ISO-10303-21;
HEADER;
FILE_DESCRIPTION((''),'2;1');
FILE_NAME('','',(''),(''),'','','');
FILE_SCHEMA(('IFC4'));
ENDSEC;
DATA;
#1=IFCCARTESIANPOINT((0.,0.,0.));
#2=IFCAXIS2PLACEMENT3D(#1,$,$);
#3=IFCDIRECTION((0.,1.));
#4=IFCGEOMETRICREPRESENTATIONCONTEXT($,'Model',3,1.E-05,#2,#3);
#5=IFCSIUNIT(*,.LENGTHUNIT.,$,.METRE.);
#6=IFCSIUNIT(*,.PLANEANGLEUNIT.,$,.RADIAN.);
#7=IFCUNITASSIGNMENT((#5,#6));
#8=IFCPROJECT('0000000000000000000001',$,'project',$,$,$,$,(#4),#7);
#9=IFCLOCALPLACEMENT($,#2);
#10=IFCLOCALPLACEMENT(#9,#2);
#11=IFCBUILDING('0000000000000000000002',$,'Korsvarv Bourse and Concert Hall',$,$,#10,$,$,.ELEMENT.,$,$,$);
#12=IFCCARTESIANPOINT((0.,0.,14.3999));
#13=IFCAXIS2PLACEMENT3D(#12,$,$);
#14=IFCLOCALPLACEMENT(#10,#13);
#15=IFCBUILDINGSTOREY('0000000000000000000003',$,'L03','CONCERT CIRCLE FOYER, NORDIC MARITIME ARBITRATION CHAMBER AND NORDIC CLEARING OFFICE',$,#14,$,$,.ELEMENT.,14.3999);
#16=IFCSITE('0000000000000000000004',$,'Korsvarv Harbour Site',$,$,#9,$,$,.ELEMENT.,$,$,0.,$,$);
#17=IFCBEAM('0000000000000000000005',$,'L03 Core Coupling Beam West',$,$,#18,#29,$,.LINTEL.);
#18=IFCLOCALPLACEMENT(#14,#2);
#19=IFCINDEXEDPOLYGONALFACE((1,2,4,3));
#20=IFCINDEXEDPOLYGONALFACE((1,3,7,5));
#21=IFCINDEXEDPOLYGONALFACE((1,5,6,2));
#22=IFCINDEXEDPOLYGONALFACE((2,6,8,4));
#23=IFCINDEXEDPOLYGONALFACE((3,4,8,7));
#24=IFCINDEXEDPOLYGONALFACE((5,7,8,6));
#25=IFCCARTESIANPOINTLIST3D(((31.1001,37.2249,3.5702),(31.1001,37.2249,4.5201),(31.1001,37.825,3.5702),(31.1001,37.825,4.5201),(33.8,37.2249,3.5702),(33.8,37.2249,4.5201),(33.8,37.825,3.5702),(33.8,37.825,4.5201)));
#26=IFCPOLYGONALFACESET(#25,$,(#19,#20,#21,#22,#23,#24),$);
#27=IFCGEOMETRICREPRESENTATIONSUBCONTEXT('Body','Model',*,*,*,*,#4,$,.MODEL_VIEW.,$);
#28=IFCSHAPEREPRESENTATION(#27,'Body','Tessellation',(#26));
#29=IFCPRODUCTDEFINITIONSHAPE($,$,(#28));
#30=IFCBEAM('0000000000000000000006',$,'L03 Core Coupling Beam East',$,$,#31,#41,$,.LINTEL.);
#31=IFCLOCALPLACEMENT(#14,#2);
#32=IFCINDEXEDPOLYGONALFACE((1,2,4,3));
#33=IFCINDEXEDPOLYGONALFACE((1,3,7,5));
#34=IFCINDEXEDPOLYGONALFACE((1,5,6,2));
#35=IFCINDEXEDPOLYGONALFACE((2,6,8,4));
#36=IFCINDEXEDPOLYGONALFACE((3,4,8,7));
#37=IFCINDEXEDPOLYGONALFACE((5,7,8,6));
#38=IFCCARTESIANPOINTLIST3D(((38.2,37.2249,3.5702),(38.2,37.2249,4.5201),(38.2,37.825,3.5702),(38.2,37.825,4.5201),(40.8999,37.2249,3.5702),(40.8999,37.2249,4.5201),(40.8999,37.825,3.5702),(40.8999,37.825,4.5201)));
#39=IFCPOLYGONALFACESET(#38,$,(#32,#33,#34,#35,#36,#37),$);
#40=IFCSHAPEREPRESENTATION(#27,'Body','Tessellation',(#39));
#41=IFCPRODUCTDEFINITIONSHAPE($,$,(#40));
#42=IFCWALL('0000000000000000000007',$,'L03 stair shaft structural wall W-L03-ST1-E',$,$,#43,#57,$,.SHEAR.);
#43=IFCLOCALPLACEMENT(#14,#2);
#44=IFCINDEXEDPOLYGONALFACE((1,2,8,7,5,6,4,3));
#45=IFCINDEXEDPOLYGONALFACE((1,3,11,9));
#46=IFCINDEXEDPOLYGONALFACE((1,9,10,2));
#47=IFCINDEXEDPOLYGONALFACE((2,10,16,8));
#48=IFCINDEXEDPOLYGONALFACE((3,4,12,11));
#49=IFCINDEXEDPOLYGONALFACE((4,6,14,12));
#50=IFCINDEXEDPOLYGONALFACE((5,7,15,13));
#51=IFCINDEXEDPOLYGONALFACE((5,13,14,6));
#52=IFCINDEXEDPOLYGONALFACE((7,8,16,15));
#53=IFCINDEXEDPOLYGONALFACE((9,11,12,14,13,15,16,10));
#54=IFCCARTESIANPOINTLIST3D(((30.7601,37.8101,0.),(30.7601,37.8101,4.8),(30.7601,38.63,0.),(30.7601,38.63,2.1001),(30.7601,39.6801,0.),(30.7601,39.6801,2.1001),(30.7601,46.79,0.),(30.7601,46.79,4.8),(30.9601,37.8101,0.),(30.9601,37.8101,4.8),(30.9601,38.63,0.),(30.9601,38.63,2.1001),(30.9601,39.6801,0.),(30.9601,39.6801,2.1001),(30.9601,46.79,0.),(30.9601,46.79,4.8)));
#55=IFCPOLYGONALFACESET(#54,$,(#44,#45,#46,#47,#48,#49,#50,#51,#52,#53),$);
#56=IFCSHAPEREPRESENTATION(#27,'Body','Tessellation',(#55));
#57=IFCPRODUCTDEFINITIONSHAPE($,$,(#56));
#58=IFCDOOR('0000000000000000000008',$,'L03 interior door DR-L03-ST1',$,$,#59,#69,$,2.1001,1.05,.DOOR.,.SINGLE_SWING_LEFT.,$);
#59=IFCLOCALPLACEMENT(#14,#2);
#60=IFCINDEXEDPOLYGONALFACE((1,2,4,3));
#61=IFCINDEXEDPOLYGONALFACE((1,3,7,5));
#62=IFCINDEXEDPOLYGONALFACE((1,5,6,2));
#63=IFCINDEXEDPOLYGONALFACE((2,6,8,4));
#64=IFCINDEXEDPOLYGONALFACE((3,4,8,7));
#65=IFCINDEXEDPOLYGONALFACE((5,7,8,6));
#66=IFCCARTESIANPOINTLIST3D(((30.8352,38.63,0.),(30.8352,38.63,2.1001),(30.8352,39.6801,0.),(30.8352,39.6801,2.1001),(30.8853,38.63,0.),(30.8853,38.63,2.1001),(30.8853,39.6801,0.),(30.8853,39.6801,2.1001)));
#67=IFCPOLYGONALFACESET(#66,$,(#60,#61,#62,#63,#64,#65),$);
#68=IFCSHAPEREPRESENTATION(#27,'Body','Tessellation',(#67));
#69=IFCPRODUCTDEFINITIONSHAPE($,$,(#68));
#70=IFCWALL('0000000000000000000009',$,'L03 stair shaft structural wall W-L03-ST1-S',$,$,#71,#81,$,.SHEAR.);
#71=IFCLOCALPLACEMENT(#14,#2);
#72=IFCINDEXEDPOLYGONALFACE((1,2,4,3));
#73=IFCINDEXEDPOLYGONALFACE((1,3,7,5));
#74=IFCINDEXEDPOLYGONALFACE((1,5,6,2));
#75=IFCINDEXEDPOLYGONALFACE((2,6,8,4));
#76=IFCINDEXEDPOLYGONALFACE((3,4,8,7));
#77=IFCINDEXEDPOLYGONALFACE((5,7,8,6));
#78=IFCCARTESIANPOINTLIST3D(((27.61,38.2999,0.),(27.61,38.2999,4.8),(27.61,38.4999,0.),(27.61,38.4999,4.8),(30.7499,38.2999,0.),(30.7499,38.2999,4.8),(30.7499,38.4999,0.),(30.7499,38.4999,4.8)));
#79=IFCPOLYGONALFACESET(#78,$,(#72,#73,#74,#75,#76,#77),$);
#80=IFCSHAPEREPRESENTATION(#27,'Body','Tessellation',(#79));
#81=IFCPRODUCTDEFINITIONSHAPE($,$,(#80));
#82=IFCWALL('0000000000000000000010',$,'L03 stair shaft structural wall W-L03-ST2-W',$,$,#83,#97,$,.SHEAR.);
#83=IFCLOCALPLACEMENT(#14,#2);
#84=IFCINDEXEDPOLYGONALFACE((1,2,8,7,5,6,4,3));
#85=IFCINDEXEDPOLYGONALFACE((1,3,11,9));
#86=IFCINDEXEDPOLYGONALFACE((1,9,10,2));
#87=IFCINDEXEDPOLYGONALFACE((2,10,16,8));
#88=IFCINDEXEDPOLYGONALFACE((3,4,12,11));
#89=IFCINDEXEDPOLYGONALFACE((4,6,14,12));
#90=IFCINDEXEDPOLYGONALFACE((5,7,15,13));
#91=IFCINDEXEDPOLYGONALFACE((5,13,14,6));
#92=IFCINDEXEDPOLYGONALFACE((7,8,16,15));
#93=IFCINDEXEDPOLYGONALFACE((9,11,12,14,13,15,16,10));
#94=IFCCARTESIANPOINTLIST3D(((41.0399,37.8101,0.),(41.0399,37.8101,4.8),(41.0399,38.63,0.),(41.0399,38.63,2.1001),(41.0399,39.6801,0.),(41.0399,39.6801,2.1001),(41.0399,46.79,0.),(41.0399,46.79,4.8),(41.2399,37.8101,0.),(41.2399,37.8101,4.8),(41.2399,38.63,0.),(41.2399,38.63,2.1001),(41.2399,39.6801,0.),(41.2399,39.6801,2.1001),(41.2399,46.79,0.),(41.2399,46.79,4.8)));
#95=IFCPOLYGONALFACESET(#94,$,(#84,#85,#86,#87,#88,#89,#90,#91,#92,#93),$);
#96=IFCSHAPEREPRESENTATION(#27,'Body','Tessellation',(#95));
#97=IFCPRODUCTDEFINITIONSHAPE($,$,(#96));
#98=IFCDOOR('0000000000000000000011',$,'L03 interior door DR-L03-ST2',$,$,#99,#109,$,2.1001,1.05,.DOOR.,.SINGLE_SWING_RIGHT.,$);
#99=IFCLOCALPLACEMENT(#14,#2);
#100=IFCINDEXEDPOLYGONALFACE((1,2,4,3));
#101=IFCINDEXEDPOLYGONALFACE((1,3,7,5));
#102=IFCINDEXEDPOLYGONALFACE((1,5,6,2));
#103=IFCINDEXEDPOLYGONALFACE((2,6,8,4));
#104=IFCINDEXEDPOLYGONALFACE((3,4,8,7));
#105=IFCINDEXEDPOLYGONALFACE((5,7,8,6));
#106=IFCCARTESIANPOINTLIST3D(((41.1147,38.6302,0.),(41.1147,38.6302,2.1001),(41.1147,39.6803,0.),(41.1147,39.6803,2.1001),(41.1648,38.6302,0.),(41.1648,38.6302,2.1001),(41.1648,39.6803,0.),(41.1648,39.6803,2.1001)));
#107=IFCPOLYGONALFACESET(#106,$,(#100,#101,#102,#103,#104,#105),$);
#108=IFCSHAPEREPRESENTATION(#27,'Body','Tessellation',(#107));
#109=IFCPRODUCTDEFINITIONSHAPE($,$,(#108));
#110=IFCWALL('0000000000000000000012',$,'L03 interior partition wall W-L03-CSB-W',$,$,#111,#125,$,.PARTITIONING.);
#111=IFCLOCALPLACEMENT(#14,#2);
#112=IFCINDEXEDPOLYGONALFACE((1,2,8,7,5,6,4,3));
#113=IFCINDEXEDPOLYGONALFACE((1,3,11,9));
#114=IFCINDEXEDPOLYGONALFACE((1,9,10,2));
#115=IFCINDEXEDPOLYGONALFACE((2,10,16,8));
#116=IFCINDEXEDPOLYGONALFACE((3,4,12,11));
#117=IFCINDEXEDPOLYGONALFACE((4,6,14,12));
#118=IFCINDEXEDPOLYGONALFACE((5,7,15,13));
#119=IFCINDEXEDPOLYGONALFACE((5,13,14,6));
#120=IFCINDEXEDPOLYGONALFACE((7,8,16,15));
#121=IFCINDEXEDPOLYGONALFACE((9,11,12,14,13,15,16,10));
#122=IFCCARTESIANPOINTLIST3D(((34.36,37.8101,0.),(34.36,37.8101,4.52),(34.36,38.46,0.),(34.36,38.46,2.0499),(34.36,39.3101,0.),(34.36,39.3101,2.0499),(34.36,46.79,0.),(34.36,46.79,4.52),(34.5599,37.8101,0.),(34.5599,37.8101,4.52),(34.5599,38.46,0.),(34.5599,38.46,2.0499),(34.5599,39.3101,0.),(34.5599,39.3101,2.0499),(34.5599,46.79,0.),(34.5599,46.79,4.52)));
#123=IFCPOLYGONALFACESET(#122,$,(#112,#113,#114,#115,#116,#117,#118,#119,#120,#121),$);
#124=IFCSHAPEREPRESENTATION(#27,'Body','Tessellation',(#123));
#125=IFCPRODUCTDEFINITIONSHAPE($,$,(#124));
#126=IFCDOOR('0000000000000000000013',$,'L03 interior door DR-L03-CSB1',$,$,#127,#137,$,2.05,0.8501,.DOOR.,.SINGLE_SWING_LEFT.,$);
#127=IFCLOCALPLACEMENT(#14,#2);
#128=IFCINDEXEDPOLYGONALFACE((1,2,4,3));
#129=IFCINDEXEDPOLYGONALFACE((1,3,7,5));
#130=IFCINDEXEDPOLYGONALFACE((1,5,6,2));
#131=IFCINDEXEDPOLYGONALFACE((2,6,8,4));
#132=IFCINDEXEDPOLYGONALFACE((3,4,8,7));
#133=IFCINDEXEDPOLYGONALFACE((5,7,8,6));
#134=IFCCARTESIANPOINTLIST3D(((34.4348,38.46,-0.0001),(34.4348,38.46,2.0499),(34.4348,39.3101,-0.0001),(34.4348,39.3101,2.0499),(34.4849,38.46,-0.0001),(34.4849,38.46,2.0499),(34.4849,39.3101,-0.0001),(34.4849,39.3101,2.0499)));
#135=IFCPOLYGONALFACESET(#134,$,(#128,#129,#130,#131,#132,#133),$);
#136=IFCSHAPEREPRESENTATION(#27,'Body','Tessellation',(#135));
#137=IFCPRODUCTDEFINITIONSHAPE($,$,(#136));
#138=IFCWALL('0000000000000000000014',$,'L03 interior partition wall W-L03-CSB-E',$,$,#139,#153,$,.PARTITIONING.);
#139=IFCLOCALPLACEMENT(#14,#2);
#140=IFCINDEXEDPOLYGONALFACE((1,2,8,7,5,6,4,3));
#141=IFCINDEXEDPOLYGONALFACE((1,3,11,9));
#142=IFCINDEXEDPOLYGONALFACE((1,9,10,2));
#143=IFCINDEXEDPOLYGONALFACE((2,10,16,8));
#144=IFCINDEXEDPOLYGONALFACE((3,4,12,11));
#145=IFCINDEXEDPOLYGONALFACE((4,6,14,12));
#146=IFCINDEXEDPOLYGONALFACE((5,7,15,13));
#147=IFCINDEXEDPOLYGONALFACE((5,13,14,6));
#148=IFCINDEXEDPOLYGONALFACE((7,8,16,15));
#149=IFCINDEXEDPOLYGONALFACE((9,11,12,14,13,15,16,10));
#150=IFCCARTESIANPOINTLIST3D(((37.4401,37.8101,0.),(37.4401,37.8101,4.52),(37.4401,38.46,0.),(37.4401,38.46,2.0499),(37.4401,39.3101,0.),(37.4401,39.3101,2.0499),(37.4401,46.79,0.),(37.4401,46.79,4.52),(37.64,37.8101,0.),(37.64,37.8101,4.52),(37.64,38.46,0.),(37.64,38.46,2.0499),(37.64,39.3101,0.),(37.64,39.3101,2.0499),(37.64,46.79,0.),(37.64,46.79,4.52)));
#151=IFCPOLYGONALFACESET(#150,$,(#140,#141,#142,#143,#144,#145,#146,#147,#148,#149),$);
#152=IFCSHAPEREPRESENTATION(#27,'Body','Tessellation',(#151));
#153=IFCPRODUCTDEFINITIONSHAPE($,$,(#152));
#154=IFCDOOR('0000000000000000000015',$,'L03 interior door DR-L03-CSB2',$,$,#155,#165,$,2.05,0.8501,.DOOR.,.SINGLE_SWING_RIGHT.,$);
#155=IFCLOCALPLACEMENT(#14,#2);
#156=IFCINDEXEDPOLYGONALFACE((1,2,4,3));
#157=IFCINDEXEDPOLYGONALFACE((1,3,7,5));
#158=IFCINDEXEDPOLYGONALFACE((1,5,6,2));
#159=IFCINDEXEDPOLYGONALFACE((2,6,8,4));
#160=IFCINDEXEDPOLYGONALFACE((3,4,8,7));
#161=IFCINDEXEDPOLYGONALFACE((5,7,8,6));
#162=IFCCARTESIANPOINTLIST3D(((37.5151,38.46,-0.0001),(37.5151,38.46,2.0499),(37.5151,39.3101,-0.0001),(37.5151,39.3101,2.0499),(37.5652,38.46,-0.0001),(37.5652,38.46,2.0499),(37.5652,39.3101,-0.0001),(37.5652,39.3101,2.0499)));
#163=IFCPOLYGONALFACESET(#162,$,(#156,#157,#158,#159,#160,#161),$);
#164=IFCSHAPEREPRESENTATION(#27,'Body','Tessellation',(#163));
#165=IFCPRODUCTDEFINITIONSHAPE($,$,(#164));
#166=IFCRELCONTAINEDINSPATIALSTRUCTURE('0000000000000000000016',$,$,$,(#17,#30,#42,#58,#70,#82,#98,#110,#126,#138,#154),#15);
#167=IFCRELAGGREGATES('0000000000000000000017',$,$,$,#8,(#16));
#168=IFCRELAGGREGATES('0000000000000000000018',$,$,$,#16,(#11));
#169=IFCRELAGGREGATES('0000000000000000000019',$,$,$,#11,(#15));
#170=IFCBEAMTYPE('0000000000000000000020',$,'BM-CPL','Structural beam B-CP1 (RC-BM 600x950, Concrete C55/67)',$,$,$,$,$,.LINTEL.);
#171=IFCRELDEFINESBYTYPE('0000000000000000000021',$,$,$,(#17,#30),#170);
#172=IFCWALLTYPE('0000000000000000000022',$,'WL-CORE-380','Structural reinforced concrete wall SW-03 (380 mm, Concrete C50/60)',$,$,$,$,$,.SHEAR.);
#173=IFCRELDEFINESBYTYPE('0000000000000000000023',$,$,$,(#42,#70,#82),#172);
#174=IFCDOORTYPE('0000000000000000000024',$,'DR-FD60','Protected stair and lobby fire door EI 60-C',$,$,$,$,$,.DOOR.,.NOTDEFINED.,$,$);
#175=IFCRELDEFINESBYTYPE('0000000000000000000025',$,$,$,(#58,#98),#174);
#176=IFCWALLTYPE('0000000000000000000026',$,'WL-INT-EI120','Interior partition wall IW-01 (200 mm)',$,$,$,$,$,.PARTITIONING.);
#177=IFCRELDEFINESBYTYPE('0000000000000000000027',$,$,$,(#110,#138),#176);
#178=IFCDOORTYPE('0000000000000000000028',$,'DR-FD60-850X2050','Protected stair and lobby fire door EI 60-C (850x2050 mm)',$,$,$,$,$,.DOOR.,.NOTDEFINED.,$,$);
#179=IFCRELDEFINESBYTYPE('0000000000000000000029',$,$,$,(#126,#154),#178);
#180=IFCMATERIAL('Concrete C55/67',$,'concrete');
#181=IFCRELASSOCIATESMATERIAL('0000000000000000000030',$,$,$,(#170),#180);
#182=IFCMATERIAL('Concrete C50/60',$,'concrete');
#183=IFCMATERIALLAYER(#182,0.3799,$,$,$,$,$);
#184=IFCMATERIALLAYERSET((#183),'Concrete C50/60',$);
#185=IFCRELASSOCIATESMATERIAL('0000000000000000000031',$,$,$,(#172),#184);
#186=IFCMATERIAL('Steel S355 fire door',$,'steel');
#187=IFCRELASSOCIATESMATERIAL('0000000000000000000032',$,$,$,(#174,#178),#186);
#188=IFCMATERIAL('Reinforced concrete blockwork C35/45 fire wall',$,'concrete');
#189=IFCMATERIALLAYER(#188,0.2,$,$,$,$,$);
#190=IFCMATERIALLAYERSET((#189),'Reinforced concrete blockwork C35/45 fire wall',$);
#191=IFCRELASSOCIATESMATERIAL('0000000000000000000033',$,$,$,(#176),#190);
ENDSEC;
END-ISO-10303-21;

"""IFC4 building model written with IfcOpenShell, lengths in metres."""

from ifc_helpers import new_model, si_unit, direction, frame, frame_2d, origin, origin_2d, place, context, subcontext, project, spatial, rectangle, extrude, source, transform, mapped, material, layer, layer_set, material_profile, profile_set, type_object, element, fill, save


model = new_model("IFC4")

# Units and contexts
model_context = context("Model", 3, precision=1e-05, world=origin(), true_north=direction((0.0, 1.0)))
body_context = subcontext(model_context, "Body", "Model", "MODEL_VIEW")
ifc_project = project(units=[si_unit("LENGTHUNIT", "METRE"), si_unit("PLANEANGLEUNIT", "RADIAN")], contexts=[model_context])

# Site, building, storey
site_placement = place(None, origin())
site = spatial("IfcSite", under=ifc_project, at=site_placement, Name="Korsvarv Harbour Site", CompositionType="ELEMENT", RefElevation=0.0)
building_placement = place(site_placement, origin())
building = spatial("IfcBuilding", under=site, at=building_placement, Name="Korsvarv Bourse and Concert Hall", CompositionType="ELEMENT")
storey_placement = place(building_placement, frame((0.0, 0.0, 14.3999)))
storey = spatial("IfcBuildingStorey", under=building, at=storey_placement, Name="L03", Description="CONCERT CIRCLE FOYER, NORDIC MARITIME ARBITRATION CHAMBER AND NORDIC CLEARING OFFICE", CompositionType="ELEMENT", Elevation=14.3999)

# Beams
ifc_material_1 = material(Name="Concrete C55/67", Category="concrete")
ifc_material_profile = material_profile(ifc_material_1, rectangle(XDim=0.6001, YDim=0.95, at=origin_2d()), Name="RC-BM 600x950")
ifc_profile_set = profile_set([ifc_material_profile], Name="Concrete C55/67")
beam_type = type_object("IfcBeamType", Name="BM-CPL", Description="Structural beam B-CP1 (RC-BM 600x950, Concrete C55/67)", PredefinedType="LINTEL", material=ifc_profile_set)
shared_shape = source(origin(), body_context, "Body", "SweptSolid", [
    extrude(rectangle(XDim=0.6001, YDim=0.95, at=origin_2d()), origin(), (0.0, 0.0, 1.0), 2.7),
])
for number, where, z_axis, x_axis, name in (
    (1, (31.1001, 37.5249, 4.0452), (1.0, 0.0, 0.0), (0.0, 1.0, 0.0), "L03 Core Coupling Beam West"),
    (2, (38.2, 37.5249, 4.0452), (1.0, 0.0, 0.0), (0.0, 1.0, 0.0), "L03 Core Coupling Beam East"),
):
    element("IfcBeam", number, at=place(storey_placement, frame(where, z_axis=z_axis, x_axis=x_axis)), inside=storey, type_object=beam_type, Name=name, PredefinedType="LINTEL", context=body_context, shape_type="MappedRepresentation", body=[
        mapped(shared_shape, transform((0.0, 0.0, 0.0), scale=1.0)),
    ])

# Wall, opening, door
ifc_material_2 = material(Name="Concrete C50/60", Category="concrete")
ifc_layer_1 = layer(ifc_material_2, 0.3799)
ifc_layer_set_1 = layer_set([ifc_layer_1], Name="Concrete C50/60")
wall_type_1 = type_object("IfcWallType", Name="WL-CORE-380", Description="Structural reinforced concrete wall SW-03 (380 mm, Concrete C50/60)", PredefinedType="SHEAR", material=ifc_layer_set_1)
wall_1_placement = place(storey_placement, frame((30.8601, 37.8101, 0.0), z_axis=(0.0, 0.0, 1.0), x_axis=(0.0, 1.0, 0.0)))
wall_1 = element("IfcWall", 3, at=wall_1_placement, inside=storey, type_object=wall_type_1, Name="L03 stair shaft structural wall W-L03-ST1-E", PredefinedType="SHEAR", context=body_context, shape_type="SweptSolid", body=[
    extrude(rectangle(XDim=8.98, YDim=0.2, at=frame_2d((4.49, 0.0))), origin(), (0.0, 0.0, 1.0), 4.8),
])
opening_1_placement = place(wall_1_placement, frame((0.8201, 0.0, 0.0)))
opening_1 = element("IfcOpeningElement", 4, at=opening_1_placement, cuts=wall_1, PredefinedType="OPENING", context=body_context, shape_type="SweptSolid", body=[
    extrude(rectangle(XDim=1.05, YDim=2.1001, at=frame_2d((0.5249, 1.05))), frame((0.0, 0.1099, 0.0), z_axis=(0.0, -1.0, 0.0), x_axis=(1.0, 0.0, 0.0)), (0.0, 0.0, 1.0), 0.22),
])
ifc_material_3 = material(Name="Steel S355 fire door", Category="steel")
door_type_1 = type_object("IfcDoorType", Name="DR-FD60", Description="Protected stair and lobby fire door EI 60-C", OperationType="NOTDEFINED", PredefinedType="DOOR", material=ifc_material_3)
door_1_placement = place(opening_1_placement, origin())
door_1 = element("IfcDoor", 5, at=door_1_placement, inside=storey, type_object=door_type_1, Name="L03 interior door DR-L03-ST1", OperationType="SINGLE_SWING_LEFT", OverallHeight=2.1001, OverallWidth=1.05, PredefinedType="DOOR", context=body_context, shape_type="SweptSolid", body=[
    extrude(rectangle(XDim=1.05, YDim=2.1001, at=frame_2d((0.5249, 1.05))), frame((0.0, 0.0249, 0.0), z_axis=(0.0, -1.0, 0.0), x_axis=(1.0, 0.0, 0.0)), (0.0, 0.0, 1.0), 0.05),
])
fill(opening_1, door_1)

# Wall
wall_2_placement = place(storey_placement, frame((27.6101, 38.3999, 0.0), z_axis=(0.0, 0.0, 1.0), x_axis=(1.0, 0.0, 0.0)))
element("IfcWall", 6, at=wall_2_placement, inside=storey, type_object=wall_type_1, Name="L03 stair shaft structural wall W-L03-ST1-S", PredefinedType="SHEAR", context=body_context, shape_type="SweptSolid", body=[
    extrude(rectangle(XDim=3.1399, YDim=0.2, at=frame_2d((1.5698, 0.0))), origin(), (0.0, 0.0, 1.0), 4.8),
])

# Walls, openings, doors
wall_3_placement = place(storey_placement, frame((41.1399, 37.8101, 0.0), z_axis=(0.0, 0.0, 1.0), x_axis=(0.0, 1.0, 0.0)))
wall_3 = element("IfcWall", 7, at=wall_3_placement, inside=storey, type_object=wall_type_1, Name="L03 stair shaft structural wall W-L03-ST2-W", PredefinedType="SHEAR", context=body_context, shape_type="SweptSolid", body=[
    extrude(rectangle(XDim=8.98, YDim=0.2, at=frame_2d((4.49, 0.0))), origin(), (0.0, 0.0, 1.0), 4.8),
])
opening_2_placement = place(wall_3_placement, frame((0.8201, 0.0, 0.0)))
opening_2 = element("IfcOpeningElement", 8, at=opening_2_placement, cuts=wall_3, PredefinedType="OPENING", context=body_context, shape_type="SweptSolid", body=[
    extrude(rectangle(XDim=1.05, YDim=2.1001, at=frame_2d((0.5249, 1.05))), frame((0.0, 0.1099, 0.0), z_axis=(0.0, -1.0, 0.0), x_axis=(1.0, 0.0, 0.0)), (0.0, 0.0, 1.0), 0.22),
])
door_2_placement = place(opening_2_placement, frame((1.05, 0.0, 0.0), z_axis=(0.0, 0.0, 1.0), x_axis=(-1.0, 0.0, 0.0)))
door_2 = element("IfcDoor", 9, at=door_2_placement, inside=storey, type_object=door_type_1, Name="L03 interior door DR-L03-ST2", OperationType="SINGLE_SWING_RIGHT", OverallHeight=2.1001, OverallWidth=1.05, PredefinedType="DOOR", context=body_context, shape_type="SweptSolid", body=[
    extrude(rectangle(XDim=1.05, YDim=2.1001, at=frame_2d((0.5249, 1.05))), frame((0.0, 0.0249, 0.0), z_axis=(0.0, -1.0, 0.0), x_axis=(1.0, 0.0, 0.0)), (0.0, 0.0, 1.0), 0.05),
])
fill(opening_2, door_2)
ifc_material_4 = material(Name="Reinforced concrete blockwork C35/45 fire wall", Category="concrete")
ifc_layer_2 = layer(ifc_material_4, 0.2)
ifc_layer_set_2 = layer_set([ifc_layer_2], Name="Reinforced concrete blockwork C35/45 fire wall")
wall_type_2 = type_object("IfcWallType", Name="WL-INT-EI120", Description="Interior partition wall IW-01 (200 mm)", PredefinedType="PARTITIONING", material=ifc_layer_set_2)
wall_4_placement = place(storey_placement, frame((34.46, 37.8101, 0.0), z_axis=(0.0, 0.0, 1.0), x_axis=(0.0, 1.0, 0.0)))
wall_4 = element("IfcWall", 10, at=wall_4_placement, inside=storey, type_object=wall_type_2, Name="L03 interior partition wall W-L03-CSB-W", PredefinedType="PARTITIONING", context=body_context, shape_type="SweptSolid", body=[
    extrude(rectangle(XDim=8.98, YDim=0.2, at=frame_2d((4.49, 0.0))), origin(), (0.0, 0.0, 1.0), 4.52),
])
opening_3_placement = place(wall_4_placement, frame((0.6499, 0.0, 0.0)))
opening_3 = element("IfcOpeningElement", 11, at=opening_3_placement, cuts=wall_4, PredefinedType="OPENING", context=body_context, shape_type="SweptSolid", body=[
    extrude(rectangle(XDim=0.8501, YDim=2.05, at=frame_2d((0.425, 1.0249))), frame((0.0, 0.1099, 0.0), z_axis=(0.0, -1.0, 0.0), x_axis=(1.0, 0.0, 0.0)), (0.0, 0.0, 1.0), 0.22),
])
door_type_2 = type_object("IfcDoorType", Name="DR-FD60-850X2050", Description="Protected stair and lobby fire door EI 60-C (850x2050 mm)", OperationType="NOTDEFINED", PredefinedType="DOOR", material=ifc_material_3)
door_3_placement = place(opening_3_placement, frame((0.8501, 0.0, 0.0), z_axis=(0.0, 0.0, 1.0), x_axis=(-1.0, 0.0, 0.0)))
door_3 = element("IfcDoor", 12, at=door_3_placement, inside=storey, type_object=door_type_2, Name="L03 interior door DR-L03-CSB1", OperationType="SINGLE_SWING_LEFT", OverallHeight=2.05, OverallWidth=0.8501, PredefinedType="DOOR", context=body_context, shape_type="SweptSolid", body=[
    extrude(rectangle(XDim=0.8501, YDim=2.05, at=frame_2d((0.425, 1.0249))), frame((0.0, 0.0249, 0.0), z_axis=(0.0, -1.0, 0.0), x_axis=(1.0, 0.0, 0.0)), (0.0, 0.0, 1.0), 0.05),
])
fill(opening_3, door_3)
wall_5_placement = place(storey_placement, frame((37.54, 37.8101, 0.0), z_axis=(0.0, 0.0, 1.0), x_axis=(0.0, 1.0, 0.0)))
wall_5 = element("IfcWall", 13, at=wall_5_placement, inside=storey, type_object=wall_type_2, Name="L03 interior partition wall W-L03-CSB-E", PredefinedType="PARTITIONING", context=body_context, shape_type="SweptSolid", body=[
    extrude(rectangle(XDim=8.98, YDim=0.2, at=frame_2d((4.49, 0.0))), origin(), (0.0, 0.0, 1.0), 4.52),
])
opening_4_placement = place(wall_5_placement, frame((0.6499, 0.0, 0.0)))
opening_4 = element("IfcOpeningElement", 14, at=opening_4_placement, cuts=wall_5, PredefinedType="OPENING", context=body_context, shape_type="SweptSolid", body=[
    extrude(rectangle(XDim=0.8501, YDim=2.05, at=frame_2d((0.425, 1.0249))), frame((0.0, 0.1099, 0.0), z_axis=(0.0, -1.0, 0.0), x_axis=(1.0, 0.0, 0.0)), (0.0, 0.0, 1.0), 0.22),
])
door_4_placement = place(opening_4_placement, origin())
door_4 = element("IfcDoor", 15, at=door_4_placement, inside=storey, type_object=door_type_2, Name="L03 interior door DR-L03-CSB2", OperationType="SINGLE_SWING_RIGHT", OverallHeight=2.05, OverallWidth=0.8501, PredefinedType="DOOR", context=body_context, shape_type="SweptSolid", body=[
    extrude(rectangle(XDim=0.8501, YDim=2.05, at=frame_2d((0.425, 1.0249))), frame((0.0, 0.0249, 0.0), z_axis=(0.0, -1.0, 0.0), x_axis=(1.0, 0.0, 0.0)), (0.0, 0.0, 1.0), 0.05),
])
fill(opening_4, door_4)

save(model, "model.ifc")
